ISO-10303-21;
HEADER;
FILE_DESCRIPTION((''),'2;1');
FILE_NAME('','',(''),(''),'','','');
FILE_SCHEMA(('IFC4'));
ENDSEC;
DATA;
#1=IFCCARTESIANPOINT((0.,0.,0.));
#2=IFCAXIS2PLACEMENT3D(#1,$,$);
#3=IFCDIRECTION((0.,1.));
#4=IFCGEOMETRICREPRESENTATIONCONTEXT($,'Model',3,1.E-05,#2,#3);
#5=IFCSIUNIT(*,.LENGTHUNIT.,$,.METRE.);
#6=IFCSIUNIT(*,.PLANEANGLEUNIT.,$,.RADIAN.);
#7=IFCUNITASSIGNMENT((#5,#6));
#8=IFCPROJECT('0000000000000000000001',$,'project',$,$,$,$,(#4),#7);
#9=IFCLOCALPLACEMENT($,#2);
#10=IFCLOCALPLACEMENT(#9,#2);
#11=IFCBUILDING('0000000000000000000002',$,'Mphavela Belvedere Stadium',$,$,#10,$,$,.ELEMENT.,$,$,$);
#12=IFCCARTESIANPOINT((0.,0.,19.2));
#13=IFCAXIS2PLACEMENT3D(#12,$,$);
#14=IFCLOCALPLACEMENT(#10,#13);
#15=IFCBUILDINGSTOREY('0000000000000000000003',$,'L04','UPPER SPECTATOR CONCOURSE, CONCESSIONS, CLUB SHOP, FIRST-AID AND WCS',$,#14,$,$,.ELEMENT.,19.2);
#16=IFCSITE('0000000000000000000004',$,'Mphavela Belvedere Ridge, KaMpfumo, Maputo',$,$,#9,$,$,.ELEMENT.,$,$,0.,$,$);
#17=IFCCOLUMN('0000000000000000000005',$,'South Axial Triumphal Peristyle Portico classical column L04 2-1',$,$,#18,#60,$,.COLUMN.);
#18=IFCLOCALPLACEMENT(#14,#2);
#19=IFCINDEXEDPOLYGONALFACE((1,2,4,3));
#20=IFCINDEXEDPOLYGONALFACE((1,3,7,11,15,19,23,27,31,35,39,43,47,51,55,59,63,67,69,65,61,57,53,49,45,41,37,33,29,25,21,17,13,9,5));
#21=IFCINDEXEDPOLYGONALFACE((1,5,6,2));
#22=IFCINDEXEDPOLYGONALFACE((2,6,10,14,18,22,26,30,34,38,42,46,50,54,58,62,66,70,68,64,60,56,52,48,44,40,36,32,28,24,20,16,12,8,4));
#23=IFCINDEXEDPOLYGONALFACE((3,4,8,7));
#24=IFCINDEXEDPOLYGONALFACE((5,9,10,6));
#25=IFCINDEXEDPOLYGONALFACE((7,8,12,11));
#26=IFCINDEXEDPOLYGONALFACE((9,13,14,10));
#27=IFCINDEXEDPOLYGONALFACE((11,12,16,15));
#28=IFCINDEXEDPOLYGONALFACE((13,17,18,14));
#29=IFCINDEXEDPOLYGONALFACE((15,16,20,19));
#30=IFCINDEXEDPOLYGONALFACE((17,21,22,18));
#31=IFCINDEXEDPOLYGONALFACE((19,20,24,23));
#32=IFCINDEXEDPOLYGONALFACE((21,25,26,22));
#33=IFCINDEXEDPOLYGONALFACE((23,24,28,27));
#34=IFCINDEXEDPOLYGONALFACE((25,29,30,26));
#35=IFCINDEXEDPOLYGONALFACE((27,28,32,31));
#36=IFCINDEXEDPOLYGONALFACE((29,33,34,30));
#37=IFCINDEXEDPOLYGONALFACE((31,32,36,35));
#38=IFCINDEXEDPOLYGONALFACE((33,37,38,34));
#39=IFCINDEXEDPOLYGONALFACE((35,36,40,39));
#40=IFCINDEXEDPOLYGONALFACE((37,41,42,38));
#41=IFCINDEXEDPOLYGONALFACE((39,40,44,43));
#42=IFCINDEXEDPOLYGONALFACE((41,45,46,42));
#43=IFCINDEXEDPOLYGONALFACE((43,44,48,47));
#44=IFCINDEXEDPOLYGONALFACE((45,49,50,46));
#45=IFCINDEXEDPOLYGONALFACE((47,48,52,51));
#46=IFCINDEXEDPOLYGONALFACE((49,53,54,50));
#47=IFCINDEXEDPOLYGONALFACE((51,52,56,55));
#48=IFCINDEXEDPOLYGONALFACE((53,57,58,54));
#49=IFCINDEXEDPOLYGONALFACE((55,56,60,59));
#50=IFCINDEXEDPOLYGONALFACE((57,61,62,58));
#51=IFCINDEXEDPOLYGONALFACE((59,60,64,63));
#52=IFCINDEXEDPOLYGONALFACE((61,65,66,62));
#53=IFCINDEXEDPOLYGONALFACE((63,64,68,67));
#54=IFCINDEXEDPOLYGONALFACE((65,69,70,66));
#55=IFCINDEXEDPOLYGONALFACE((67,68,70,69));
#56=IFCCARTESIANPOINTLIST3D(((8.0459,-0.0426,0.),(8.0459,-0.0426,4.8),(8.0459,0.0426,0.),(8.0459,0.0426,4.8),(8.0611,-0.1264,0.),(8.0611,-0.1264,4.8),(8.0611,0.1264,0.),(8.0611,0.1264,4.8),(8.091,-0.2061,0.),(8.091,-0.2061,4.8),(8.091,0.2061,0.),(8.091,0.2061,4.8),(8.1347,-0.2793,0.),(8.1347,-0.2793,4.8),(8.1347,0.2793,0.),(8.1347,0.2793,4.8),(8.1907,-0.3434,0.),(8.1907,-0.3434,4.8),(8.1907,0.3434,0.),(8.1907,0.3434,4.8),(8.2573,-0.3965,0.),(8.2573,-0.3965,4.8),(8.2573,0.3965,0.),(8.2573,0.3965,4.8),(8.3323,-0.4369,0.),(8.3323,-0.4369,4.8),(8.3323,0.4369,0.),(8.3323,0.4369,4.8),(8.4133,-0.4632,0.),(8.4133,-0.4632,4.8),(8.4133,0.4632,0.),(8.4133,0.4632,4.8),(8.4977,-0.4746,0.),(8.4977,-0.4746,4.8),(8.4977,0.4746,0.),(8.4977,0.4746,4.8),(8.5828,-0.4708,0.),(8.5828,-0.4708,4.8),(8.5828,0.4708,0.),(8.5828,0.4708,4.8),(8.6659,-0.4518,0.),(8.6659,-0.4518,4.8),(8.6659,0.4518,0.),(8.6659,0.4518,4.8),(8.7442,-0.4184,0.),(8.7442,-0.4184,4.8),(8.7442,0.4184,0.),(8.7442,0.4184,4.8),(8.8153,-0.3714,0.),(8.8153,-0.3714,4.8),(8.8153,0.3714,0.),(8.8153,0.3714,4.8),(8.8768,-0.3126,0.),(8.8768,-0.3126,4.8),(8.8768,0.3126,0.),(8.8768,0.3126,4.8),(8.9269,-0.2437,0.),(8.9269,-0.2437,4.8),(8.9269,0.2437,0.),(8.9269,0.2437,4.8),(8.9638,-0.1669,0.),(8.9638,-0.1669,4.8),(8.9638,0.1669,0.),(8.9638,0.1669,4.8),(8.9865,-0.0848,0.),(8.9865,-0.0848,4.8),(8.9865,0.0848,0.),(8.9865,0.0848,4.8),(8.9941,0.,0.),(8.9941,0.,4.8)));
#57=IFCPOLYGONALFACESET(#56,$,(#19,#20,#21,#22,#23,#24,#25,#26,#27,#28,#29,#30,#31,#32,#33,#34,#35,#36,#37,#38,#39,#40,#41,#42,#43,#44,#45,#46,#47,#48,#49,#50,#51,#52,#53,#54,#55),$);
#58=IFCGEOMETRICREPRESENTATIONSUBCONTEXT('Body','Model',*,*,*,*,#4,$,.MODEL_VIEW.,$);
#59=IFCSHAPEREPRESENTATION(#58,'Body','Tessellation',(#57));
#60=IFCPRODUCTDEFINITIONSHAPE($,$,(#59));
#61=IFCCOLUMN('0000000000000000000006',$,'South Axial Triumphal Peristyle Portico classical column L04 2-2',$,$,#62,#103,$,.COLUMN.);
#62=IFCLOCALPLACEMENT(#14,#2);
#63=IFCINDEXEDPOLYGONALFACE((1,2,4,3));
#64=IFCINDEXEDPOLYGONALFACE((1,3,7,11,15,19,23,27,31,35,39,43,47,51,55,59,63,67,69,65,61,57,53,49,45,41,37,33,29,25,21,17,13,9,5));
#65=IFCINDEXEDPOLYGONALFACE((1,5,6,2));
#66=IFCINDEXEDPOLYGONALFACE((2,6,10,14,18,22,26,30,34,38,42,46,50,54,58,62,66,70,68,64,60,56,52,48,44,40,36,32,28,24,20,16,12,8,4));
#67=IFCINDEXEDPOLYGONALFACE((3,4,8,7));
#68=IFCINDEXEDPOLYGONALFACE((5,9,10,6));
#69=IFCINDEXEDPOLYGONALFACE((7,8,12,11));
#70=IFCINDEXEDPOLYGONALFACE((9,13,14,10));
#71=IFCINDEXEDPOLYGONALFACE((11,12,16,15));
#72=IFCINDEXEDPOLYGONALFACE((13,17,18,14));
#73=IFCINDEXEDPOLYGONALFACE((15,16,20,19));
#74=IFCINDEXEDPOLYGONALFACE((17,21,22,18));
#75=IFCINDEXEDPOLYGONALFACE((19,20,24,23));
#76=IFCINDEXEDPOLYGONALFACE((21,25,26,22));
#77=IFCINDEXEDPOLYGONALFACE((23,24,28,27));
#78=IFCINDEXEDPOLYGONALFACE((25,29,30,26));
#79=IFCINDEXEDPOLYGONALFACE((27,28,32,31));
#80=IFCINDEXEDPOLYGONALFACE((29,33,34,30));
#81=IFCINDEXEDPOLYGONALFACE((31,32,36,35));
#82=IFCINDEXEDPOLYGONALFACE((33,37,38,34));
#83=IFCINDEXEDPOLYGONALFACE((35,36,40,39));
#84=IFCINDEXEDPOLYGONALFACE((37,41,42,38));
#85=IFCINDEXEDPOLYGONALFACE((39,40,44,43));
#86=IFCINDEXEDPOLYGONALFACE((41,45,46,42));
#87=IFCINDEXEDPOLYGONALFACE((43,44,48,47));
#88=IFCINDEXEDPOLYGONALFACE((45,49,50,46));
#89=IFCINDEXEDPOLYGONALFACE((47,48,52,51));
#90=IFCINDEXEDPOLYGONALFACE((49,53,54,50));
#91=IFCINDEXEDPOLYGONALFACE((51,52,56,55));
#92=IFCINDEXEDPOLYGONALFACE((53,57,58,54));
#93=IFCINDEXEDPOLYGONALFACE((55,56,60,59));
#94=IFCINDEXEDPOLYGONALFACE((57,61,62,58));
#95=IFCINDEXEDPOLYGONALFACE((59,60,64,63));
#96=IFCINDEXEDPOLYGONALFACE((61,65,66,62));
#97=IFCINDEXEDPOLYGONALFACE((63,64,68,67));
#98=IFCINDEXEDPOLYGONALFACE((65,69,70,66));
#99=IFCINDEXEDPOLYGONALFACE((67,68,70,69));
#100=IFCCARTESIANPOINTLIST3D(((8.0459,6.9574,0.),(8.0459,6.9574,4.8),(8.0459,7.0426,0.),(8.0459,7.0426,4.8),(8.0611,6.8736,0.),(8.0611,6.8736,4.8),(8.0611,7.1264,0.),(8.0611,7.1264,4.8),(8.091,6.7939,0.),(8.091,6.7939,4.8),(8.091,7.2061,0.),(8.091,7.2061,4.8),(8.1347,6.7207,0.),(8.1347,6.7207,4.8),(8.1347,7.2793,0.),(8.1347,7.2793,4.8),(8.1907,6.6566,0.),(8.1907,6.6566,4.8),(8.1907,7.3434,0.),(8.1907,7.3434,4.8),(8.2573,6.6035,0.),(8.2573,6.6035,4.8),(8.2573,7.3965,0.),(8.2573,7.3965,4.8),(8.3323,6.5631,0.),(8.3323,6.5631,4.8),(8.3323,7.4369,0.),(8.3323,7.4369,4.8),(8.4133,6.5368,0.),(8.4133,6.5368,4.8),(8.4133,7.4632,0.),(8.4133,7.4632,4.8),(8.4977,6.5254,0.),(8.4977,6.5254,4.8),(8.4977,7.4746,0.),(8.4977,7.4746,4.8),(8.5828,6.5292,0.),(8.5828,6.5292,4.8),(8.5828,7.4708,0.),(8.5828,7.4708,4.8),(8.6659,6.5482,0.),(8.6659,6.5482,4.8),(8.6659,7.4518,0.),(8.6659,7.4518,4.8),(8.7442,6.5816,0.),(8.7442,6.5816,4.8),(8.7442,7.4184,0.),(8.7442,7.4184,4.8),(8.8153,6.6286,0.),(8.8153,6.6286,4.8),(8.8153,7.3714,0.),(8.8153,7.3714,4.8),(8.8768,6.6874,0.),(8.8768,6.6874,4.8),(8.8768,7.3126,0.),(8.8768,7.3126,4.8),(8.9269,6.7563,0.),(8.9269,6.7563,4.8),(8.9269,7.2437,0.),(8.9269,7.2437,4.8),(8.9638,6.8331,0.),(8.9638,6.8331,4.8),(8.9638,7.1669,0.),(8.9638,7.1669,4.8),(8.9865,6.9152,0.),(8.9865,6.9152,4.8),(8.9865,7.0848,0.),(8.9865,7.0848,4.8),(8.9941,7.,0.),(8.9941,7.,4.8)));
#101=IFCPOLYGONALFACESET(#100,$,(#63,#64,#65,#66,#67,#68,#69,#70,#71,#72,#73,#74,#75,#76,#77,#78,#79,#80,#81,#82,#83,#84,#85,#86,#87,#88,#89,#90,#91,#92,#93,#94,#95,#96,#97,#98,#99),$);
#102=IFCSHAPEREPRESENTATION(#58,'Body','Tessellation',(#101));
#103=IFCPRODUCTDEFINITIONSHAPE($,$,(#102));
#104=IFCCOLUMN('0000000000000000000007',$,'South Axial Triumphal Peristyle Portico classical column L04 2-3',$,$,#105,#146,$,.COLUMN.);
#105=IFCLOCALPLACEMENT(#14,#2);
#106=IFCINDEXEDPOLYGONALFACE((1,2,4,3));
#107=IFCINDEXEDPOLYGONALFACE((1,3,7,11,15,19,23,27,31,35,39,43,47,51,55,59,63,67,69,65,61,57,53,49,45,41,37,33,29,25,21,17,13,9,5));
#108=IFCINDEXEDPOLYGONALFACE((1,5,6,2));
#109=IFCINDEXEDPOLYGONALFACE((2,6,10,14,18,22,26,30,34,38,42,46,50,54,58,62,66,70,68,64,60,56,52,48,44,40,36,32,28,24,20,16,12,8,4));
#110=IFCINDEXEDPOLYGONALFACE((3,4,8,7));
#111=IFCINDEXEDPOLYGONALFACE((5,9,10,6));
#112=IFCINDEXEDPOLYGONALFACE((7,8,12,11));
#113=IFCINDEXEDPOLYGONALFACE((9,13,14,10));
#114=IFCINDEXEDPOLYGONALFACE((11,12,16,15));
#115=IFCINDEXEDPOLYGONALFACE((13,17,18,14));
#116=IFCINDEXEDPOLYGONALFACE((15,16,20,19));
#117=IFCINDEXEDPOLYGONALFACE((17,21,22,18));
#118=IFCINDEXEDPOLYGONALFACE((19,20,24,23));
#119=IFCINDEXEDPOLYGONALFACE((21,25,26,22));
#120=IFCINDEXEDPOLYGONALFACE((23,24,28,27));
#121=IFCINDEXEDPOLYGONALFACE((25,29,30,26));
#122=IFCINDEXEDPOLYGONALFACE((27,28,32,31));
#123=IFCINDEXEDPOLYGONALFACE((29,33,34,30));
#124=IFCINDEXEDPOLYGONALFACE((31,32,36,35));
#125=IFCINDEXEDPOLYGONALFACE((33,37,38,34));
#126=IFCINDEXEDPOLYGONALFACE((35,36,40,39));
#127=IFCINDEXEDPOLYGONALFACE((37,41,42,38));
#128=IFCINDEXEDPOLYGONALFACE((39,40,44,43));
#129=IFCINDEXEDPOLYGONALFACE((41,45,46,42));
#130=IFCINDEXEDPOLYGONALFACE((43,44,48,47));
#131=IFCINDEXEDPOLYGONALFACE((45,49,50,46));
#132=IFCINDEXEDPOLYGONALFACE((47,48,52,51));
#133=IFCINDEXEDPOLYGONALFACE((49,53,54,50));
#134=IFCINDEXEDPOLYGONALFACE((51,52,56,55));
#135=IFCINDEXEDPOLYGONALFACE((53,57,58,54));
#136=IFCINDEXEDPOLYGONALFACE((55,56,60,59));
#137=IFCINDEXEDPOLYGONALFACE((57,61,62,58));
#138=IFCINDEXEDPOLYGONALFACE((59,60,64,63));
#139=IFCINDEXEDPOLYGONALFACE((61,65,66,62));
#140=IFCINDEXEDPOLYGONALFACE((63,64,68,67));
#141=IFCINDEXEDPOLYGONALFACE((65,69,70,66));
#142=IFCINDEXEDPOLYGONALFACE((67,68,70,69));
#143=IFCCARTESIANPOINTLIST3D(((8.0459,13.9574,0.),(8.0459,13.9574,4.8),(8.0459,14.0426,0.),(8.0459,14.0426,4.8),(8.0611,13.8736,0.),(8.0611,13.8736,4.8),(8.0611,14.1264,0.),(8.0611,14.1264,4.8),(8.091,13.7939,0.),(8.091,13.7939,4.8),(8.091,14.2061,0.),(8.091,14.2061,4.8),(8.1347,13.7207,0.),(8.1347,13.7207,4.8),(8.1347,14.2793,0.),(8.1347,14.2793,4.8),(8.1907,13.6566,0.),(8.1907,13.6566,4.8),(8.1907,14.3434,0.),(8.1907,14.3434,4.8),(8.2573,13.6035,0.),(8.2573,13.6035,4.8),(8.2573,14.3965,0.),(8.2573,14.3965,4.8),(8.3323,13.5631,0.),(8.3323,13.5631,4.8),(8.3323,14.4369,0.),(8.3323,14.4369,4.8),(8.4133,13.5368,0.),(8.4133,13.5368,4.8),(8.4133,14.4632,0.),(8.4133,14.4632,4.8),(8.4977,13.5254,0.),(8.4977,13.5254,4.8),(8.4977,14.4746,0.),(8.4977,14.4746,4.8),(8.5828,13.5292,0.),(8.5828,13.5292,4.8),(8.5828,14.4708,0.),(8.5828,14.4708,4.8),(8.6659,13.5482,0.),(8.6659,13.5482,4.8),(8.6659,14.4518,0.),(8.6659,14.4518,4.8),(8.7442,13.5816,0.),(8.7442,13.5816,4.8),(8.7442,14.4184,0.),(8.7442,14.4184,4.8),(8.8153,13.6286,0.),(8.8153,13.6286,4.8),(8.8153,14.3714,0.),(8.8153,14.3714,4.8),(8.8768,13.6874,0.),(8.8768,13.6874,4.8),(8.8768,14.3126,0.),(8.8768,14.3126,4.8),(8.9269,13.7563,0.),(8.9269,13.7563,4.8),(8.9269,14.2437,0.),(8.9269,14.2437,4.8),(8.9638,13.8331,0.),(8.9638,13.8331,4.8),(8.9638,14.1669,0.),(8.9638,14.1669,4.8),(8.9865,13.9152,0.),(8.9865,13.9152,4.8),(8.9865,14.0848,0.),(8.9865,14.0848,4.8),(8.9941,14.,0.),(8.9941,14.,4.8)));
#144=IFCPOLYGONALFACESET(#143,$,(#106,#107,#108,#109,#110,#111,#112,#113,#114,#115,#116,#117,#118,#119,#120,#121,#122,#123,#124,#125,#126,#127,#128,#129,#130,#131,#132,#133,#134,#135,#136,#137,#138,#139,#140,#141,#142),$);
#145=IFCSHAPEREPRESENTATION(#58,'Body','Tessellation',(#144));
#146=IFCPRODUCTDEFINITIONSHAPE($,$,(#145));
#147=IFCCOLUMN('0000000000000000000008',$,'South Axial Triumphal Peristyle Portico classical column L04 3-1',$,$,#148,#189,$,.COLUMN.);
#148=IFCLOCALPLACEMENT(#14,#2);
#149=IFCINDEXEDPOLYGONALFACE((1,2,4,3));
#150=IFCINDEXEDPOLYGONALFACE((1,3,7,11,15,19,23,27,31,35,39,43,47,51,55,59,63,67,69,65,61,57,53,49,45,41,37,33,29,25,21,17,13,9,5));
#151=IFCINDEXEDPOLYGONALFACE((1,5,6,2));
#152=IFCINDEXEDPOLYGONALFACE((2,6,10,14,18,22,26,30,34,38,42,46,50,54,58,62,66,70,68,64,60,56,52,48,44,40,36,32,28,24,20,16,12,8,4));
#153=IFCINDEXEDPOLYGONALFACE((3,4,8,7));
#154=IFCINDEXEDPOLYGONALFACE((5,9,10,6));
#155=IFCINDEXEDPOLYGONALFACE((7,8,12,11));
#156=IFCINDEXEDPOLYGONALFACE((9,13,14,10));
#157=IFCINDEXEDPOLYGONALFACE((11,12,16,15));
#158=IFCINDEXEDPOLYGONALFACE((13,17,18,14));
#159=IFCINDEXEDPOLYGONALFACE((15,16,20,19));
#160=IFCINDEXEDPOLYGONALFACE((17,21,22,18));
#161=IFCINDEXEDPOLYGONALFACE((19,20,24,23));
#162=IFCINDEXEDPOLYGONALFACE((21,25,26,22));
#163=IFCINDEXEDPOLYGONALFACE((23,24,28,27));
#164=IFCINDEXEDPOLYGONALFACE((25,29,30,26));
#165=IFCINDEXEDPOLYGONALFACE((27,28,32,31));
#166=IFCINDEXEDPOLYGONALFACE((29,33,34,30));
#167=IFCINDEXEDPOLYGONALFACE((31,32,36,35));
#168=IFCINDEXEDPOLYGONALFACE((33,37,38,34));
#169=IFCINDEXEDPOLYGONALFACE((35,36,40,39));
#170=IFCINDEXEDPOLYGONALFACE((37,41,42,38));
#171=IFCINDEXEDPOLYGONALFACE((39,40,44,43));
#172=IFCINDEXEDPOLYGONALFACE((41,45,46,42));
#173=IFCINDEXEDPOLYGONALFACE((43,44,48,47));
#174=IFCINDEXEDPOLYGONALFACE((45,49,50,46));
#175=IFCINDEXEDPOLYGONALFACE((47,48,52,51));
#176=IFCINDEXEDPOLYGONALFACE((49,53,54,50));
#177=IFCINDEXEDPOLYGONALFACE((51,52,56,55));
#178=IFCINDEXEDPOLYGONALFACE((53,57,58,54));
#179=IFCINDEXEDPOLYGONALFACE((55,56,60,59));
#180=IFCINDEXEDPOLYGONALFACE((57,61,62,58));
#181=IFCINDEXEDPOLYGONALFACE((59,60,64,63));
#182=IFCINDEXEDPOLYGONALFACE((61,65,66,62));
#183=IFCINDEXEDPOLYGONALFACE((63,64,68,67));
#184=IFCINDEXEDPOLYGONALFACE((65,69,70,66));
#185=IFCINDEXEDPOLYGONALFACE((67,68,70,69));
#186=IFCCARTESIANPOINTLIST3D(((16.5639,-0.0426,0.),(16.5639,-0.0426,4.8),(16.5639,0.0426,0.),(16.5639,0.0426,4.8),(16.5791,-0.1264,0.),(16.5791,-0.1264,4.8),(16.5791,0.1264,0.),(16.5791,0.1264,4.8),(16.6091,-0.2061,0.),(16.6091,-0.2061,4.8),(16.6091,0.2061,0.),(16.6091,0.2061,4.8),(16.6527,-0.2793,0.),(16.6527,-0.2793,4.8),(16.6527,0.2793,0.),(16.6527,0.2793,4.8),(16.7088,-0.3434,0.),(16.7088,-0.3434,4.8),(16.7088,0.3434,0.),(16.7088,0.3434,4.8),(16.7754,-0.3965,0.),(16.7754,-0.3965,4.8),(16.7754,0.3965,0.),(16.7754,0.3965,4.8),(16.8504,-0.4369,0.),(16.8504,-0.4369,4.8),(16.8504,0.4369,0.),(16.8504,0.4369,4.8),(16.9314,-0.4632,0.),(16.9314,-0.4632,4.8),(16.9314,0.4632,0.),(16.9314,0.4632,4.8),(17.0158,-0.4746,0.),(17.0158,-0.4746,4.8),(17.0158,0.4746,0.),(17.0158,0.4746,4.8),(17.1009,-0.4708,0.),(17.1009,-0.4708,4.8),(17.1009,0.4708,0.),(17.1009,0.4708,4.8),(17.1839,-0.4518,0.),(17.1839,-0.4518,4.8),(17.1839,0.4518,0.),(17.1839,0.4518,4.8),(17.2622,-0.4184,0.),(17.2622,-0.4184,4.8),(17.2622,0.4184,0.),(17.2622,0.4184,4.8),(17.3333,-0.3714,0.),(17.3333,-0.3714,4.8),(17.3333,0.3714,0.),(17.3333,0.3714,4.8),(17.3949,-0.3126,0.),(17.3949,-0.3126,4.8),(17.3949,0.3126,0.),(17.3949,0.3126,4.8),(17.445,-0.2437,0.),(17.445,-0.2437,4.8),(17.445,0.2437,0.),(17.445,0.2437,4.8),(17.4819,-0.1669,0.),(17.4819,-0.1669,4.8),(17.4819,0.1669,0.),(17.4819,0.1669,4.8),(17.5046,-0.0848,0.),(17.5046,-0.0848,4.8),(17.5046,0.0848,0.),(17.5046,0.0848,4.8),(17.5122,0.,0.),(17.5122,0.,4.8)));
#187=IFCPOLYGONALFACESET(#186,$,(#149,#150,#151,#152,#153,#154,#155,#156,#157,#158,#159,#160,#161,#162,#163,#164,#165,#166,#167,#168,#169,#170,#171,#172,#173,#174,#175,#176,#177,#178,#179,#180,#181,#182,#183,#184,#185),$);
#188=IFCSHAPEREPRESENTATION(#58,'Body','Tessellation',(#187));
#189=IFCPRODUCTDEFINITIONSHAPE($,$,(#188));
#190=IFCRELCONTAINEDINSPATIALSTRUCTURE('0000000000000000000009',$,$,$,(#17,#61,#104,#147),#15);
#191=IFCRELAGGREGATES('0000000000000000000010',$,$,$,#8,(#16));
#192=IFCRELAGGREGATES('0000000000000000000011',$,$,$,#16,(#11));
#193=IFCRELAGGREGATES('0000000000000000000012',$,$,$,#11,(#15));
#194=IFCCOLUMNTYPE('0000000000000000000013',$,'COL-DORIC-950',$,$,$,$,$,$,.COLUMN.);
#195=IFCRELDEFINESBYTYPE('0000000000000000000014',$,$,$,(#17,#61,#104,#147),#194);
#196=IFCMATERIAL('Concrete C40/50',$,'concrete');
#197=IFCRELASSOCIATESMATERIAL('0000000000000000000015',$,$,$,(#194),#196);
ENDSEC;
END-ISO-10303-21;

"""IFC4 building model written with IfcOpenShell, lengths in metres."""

from ifc_helpers import new_model, si_unit, direction, frame, origin, origin_2d, place, context, subcontext, project, spatial, circle, extrude, material, material_profile, profile_set, type_object, element, save


model = new_model("IFC4")

# Units and contexts
model_context = context("Model", 3, precision=1e-05, world=origin(), true_north=direction((0.0, 1.0)))
body_context = subcontext(model_context, "Body", "Model", "MODEL_VIEW")
ifc_project = project(units=[si_unit("LENGTHUNIT", "METRE"), si_unit("PLANEANGLEUNIT", "RADIAN")], contexts=[model_context])

# Site, building, storey
site_placement = place(None, origin())
site = spatial("IfcSite", under=ifc_project, at=site_placement, Name="Mphavela Belvedere Ridge, KaMpfumo, Maputo", CompositionType="ELEMENT", RefElevation=0.0)
building_placement = place(site_placement, origin())
building = spatial("IfcBuilding", under=site, at=building_placement, Name="Mphavela Belvedere Stadium", CompositionType="ELEMENT")
storey_placement = place(building_placement, frame((0.0, 0.0, 19.2)))
storey = spatial("IfcBuildingStorey", under=building, at=storey_placement, Name="L04", Description="UPPER SPECTATOR CONCOURSE, CONCESSIONS, CLUB SHOP, FIRST-AID AND WCS", CompositionType="ELEMENT", Elevation=19.2)

# Columns
ifc_material_1 = material(Name="Concrete C40/50", Category="concrete")
ifc_material_profile_1 = material_profile(ifc_material_1, circle(Radius=0.4751, at=origin_2d()), Name="COL D950")
ifc_profile_set_1 = profile_set([ifc_material_profile_1], Name="Concrete C40/50")
column_type = type_object("IfcColumnType", Name="COL-DORIC-950", PredefinedType="COLUMN", material=ifc_profile_set_1)
for number, where, z_axis, x_axis, name in (
    (1, (8.519, 0.0, 0.0), (0.0, 0.0, 1.0), (1.0, 0.0, 0.0), "South Axial Triumphal Peristyle Portico classical column L04 2-1"),
    (2, (8.519, 7.0, 0.0), (0.0, 0.0, 1.0), (1.0, 0.0, 0.0), "South Axial Triumphal Peristyle Portico classical column L04 2-2"),
    (3, (8.519, 14.0, 0.0), (0.0, 0.0, 1.0), (1.0, 0.0, 0.0), "South Axial Triumphal Peristyle Portico classical column L04 2-3"),
    (4, (17.0371, 0.0, 0.0), (0.0, 0.0, 1.0), (1.0, 0.0, 0.0), "South Axial Triumphal Peristyle Portico classical column L04 3-1"),
):
    element("IfcColumn", number, at=place(storey_placement, frame(where, z_axis=z_axis, x_axis=x_axis)), inside=storey, type_object=column_type, Name=name, PredefinedType="COLUMN", context=body_context, shape_type="SweptSolid", body=[
        extrude(circle(Radius=0.4751, at=origin_2d()), origin(), (0.0, 0.0, 1.0), 4.8),
    ])

save(model, "model.ifc")
